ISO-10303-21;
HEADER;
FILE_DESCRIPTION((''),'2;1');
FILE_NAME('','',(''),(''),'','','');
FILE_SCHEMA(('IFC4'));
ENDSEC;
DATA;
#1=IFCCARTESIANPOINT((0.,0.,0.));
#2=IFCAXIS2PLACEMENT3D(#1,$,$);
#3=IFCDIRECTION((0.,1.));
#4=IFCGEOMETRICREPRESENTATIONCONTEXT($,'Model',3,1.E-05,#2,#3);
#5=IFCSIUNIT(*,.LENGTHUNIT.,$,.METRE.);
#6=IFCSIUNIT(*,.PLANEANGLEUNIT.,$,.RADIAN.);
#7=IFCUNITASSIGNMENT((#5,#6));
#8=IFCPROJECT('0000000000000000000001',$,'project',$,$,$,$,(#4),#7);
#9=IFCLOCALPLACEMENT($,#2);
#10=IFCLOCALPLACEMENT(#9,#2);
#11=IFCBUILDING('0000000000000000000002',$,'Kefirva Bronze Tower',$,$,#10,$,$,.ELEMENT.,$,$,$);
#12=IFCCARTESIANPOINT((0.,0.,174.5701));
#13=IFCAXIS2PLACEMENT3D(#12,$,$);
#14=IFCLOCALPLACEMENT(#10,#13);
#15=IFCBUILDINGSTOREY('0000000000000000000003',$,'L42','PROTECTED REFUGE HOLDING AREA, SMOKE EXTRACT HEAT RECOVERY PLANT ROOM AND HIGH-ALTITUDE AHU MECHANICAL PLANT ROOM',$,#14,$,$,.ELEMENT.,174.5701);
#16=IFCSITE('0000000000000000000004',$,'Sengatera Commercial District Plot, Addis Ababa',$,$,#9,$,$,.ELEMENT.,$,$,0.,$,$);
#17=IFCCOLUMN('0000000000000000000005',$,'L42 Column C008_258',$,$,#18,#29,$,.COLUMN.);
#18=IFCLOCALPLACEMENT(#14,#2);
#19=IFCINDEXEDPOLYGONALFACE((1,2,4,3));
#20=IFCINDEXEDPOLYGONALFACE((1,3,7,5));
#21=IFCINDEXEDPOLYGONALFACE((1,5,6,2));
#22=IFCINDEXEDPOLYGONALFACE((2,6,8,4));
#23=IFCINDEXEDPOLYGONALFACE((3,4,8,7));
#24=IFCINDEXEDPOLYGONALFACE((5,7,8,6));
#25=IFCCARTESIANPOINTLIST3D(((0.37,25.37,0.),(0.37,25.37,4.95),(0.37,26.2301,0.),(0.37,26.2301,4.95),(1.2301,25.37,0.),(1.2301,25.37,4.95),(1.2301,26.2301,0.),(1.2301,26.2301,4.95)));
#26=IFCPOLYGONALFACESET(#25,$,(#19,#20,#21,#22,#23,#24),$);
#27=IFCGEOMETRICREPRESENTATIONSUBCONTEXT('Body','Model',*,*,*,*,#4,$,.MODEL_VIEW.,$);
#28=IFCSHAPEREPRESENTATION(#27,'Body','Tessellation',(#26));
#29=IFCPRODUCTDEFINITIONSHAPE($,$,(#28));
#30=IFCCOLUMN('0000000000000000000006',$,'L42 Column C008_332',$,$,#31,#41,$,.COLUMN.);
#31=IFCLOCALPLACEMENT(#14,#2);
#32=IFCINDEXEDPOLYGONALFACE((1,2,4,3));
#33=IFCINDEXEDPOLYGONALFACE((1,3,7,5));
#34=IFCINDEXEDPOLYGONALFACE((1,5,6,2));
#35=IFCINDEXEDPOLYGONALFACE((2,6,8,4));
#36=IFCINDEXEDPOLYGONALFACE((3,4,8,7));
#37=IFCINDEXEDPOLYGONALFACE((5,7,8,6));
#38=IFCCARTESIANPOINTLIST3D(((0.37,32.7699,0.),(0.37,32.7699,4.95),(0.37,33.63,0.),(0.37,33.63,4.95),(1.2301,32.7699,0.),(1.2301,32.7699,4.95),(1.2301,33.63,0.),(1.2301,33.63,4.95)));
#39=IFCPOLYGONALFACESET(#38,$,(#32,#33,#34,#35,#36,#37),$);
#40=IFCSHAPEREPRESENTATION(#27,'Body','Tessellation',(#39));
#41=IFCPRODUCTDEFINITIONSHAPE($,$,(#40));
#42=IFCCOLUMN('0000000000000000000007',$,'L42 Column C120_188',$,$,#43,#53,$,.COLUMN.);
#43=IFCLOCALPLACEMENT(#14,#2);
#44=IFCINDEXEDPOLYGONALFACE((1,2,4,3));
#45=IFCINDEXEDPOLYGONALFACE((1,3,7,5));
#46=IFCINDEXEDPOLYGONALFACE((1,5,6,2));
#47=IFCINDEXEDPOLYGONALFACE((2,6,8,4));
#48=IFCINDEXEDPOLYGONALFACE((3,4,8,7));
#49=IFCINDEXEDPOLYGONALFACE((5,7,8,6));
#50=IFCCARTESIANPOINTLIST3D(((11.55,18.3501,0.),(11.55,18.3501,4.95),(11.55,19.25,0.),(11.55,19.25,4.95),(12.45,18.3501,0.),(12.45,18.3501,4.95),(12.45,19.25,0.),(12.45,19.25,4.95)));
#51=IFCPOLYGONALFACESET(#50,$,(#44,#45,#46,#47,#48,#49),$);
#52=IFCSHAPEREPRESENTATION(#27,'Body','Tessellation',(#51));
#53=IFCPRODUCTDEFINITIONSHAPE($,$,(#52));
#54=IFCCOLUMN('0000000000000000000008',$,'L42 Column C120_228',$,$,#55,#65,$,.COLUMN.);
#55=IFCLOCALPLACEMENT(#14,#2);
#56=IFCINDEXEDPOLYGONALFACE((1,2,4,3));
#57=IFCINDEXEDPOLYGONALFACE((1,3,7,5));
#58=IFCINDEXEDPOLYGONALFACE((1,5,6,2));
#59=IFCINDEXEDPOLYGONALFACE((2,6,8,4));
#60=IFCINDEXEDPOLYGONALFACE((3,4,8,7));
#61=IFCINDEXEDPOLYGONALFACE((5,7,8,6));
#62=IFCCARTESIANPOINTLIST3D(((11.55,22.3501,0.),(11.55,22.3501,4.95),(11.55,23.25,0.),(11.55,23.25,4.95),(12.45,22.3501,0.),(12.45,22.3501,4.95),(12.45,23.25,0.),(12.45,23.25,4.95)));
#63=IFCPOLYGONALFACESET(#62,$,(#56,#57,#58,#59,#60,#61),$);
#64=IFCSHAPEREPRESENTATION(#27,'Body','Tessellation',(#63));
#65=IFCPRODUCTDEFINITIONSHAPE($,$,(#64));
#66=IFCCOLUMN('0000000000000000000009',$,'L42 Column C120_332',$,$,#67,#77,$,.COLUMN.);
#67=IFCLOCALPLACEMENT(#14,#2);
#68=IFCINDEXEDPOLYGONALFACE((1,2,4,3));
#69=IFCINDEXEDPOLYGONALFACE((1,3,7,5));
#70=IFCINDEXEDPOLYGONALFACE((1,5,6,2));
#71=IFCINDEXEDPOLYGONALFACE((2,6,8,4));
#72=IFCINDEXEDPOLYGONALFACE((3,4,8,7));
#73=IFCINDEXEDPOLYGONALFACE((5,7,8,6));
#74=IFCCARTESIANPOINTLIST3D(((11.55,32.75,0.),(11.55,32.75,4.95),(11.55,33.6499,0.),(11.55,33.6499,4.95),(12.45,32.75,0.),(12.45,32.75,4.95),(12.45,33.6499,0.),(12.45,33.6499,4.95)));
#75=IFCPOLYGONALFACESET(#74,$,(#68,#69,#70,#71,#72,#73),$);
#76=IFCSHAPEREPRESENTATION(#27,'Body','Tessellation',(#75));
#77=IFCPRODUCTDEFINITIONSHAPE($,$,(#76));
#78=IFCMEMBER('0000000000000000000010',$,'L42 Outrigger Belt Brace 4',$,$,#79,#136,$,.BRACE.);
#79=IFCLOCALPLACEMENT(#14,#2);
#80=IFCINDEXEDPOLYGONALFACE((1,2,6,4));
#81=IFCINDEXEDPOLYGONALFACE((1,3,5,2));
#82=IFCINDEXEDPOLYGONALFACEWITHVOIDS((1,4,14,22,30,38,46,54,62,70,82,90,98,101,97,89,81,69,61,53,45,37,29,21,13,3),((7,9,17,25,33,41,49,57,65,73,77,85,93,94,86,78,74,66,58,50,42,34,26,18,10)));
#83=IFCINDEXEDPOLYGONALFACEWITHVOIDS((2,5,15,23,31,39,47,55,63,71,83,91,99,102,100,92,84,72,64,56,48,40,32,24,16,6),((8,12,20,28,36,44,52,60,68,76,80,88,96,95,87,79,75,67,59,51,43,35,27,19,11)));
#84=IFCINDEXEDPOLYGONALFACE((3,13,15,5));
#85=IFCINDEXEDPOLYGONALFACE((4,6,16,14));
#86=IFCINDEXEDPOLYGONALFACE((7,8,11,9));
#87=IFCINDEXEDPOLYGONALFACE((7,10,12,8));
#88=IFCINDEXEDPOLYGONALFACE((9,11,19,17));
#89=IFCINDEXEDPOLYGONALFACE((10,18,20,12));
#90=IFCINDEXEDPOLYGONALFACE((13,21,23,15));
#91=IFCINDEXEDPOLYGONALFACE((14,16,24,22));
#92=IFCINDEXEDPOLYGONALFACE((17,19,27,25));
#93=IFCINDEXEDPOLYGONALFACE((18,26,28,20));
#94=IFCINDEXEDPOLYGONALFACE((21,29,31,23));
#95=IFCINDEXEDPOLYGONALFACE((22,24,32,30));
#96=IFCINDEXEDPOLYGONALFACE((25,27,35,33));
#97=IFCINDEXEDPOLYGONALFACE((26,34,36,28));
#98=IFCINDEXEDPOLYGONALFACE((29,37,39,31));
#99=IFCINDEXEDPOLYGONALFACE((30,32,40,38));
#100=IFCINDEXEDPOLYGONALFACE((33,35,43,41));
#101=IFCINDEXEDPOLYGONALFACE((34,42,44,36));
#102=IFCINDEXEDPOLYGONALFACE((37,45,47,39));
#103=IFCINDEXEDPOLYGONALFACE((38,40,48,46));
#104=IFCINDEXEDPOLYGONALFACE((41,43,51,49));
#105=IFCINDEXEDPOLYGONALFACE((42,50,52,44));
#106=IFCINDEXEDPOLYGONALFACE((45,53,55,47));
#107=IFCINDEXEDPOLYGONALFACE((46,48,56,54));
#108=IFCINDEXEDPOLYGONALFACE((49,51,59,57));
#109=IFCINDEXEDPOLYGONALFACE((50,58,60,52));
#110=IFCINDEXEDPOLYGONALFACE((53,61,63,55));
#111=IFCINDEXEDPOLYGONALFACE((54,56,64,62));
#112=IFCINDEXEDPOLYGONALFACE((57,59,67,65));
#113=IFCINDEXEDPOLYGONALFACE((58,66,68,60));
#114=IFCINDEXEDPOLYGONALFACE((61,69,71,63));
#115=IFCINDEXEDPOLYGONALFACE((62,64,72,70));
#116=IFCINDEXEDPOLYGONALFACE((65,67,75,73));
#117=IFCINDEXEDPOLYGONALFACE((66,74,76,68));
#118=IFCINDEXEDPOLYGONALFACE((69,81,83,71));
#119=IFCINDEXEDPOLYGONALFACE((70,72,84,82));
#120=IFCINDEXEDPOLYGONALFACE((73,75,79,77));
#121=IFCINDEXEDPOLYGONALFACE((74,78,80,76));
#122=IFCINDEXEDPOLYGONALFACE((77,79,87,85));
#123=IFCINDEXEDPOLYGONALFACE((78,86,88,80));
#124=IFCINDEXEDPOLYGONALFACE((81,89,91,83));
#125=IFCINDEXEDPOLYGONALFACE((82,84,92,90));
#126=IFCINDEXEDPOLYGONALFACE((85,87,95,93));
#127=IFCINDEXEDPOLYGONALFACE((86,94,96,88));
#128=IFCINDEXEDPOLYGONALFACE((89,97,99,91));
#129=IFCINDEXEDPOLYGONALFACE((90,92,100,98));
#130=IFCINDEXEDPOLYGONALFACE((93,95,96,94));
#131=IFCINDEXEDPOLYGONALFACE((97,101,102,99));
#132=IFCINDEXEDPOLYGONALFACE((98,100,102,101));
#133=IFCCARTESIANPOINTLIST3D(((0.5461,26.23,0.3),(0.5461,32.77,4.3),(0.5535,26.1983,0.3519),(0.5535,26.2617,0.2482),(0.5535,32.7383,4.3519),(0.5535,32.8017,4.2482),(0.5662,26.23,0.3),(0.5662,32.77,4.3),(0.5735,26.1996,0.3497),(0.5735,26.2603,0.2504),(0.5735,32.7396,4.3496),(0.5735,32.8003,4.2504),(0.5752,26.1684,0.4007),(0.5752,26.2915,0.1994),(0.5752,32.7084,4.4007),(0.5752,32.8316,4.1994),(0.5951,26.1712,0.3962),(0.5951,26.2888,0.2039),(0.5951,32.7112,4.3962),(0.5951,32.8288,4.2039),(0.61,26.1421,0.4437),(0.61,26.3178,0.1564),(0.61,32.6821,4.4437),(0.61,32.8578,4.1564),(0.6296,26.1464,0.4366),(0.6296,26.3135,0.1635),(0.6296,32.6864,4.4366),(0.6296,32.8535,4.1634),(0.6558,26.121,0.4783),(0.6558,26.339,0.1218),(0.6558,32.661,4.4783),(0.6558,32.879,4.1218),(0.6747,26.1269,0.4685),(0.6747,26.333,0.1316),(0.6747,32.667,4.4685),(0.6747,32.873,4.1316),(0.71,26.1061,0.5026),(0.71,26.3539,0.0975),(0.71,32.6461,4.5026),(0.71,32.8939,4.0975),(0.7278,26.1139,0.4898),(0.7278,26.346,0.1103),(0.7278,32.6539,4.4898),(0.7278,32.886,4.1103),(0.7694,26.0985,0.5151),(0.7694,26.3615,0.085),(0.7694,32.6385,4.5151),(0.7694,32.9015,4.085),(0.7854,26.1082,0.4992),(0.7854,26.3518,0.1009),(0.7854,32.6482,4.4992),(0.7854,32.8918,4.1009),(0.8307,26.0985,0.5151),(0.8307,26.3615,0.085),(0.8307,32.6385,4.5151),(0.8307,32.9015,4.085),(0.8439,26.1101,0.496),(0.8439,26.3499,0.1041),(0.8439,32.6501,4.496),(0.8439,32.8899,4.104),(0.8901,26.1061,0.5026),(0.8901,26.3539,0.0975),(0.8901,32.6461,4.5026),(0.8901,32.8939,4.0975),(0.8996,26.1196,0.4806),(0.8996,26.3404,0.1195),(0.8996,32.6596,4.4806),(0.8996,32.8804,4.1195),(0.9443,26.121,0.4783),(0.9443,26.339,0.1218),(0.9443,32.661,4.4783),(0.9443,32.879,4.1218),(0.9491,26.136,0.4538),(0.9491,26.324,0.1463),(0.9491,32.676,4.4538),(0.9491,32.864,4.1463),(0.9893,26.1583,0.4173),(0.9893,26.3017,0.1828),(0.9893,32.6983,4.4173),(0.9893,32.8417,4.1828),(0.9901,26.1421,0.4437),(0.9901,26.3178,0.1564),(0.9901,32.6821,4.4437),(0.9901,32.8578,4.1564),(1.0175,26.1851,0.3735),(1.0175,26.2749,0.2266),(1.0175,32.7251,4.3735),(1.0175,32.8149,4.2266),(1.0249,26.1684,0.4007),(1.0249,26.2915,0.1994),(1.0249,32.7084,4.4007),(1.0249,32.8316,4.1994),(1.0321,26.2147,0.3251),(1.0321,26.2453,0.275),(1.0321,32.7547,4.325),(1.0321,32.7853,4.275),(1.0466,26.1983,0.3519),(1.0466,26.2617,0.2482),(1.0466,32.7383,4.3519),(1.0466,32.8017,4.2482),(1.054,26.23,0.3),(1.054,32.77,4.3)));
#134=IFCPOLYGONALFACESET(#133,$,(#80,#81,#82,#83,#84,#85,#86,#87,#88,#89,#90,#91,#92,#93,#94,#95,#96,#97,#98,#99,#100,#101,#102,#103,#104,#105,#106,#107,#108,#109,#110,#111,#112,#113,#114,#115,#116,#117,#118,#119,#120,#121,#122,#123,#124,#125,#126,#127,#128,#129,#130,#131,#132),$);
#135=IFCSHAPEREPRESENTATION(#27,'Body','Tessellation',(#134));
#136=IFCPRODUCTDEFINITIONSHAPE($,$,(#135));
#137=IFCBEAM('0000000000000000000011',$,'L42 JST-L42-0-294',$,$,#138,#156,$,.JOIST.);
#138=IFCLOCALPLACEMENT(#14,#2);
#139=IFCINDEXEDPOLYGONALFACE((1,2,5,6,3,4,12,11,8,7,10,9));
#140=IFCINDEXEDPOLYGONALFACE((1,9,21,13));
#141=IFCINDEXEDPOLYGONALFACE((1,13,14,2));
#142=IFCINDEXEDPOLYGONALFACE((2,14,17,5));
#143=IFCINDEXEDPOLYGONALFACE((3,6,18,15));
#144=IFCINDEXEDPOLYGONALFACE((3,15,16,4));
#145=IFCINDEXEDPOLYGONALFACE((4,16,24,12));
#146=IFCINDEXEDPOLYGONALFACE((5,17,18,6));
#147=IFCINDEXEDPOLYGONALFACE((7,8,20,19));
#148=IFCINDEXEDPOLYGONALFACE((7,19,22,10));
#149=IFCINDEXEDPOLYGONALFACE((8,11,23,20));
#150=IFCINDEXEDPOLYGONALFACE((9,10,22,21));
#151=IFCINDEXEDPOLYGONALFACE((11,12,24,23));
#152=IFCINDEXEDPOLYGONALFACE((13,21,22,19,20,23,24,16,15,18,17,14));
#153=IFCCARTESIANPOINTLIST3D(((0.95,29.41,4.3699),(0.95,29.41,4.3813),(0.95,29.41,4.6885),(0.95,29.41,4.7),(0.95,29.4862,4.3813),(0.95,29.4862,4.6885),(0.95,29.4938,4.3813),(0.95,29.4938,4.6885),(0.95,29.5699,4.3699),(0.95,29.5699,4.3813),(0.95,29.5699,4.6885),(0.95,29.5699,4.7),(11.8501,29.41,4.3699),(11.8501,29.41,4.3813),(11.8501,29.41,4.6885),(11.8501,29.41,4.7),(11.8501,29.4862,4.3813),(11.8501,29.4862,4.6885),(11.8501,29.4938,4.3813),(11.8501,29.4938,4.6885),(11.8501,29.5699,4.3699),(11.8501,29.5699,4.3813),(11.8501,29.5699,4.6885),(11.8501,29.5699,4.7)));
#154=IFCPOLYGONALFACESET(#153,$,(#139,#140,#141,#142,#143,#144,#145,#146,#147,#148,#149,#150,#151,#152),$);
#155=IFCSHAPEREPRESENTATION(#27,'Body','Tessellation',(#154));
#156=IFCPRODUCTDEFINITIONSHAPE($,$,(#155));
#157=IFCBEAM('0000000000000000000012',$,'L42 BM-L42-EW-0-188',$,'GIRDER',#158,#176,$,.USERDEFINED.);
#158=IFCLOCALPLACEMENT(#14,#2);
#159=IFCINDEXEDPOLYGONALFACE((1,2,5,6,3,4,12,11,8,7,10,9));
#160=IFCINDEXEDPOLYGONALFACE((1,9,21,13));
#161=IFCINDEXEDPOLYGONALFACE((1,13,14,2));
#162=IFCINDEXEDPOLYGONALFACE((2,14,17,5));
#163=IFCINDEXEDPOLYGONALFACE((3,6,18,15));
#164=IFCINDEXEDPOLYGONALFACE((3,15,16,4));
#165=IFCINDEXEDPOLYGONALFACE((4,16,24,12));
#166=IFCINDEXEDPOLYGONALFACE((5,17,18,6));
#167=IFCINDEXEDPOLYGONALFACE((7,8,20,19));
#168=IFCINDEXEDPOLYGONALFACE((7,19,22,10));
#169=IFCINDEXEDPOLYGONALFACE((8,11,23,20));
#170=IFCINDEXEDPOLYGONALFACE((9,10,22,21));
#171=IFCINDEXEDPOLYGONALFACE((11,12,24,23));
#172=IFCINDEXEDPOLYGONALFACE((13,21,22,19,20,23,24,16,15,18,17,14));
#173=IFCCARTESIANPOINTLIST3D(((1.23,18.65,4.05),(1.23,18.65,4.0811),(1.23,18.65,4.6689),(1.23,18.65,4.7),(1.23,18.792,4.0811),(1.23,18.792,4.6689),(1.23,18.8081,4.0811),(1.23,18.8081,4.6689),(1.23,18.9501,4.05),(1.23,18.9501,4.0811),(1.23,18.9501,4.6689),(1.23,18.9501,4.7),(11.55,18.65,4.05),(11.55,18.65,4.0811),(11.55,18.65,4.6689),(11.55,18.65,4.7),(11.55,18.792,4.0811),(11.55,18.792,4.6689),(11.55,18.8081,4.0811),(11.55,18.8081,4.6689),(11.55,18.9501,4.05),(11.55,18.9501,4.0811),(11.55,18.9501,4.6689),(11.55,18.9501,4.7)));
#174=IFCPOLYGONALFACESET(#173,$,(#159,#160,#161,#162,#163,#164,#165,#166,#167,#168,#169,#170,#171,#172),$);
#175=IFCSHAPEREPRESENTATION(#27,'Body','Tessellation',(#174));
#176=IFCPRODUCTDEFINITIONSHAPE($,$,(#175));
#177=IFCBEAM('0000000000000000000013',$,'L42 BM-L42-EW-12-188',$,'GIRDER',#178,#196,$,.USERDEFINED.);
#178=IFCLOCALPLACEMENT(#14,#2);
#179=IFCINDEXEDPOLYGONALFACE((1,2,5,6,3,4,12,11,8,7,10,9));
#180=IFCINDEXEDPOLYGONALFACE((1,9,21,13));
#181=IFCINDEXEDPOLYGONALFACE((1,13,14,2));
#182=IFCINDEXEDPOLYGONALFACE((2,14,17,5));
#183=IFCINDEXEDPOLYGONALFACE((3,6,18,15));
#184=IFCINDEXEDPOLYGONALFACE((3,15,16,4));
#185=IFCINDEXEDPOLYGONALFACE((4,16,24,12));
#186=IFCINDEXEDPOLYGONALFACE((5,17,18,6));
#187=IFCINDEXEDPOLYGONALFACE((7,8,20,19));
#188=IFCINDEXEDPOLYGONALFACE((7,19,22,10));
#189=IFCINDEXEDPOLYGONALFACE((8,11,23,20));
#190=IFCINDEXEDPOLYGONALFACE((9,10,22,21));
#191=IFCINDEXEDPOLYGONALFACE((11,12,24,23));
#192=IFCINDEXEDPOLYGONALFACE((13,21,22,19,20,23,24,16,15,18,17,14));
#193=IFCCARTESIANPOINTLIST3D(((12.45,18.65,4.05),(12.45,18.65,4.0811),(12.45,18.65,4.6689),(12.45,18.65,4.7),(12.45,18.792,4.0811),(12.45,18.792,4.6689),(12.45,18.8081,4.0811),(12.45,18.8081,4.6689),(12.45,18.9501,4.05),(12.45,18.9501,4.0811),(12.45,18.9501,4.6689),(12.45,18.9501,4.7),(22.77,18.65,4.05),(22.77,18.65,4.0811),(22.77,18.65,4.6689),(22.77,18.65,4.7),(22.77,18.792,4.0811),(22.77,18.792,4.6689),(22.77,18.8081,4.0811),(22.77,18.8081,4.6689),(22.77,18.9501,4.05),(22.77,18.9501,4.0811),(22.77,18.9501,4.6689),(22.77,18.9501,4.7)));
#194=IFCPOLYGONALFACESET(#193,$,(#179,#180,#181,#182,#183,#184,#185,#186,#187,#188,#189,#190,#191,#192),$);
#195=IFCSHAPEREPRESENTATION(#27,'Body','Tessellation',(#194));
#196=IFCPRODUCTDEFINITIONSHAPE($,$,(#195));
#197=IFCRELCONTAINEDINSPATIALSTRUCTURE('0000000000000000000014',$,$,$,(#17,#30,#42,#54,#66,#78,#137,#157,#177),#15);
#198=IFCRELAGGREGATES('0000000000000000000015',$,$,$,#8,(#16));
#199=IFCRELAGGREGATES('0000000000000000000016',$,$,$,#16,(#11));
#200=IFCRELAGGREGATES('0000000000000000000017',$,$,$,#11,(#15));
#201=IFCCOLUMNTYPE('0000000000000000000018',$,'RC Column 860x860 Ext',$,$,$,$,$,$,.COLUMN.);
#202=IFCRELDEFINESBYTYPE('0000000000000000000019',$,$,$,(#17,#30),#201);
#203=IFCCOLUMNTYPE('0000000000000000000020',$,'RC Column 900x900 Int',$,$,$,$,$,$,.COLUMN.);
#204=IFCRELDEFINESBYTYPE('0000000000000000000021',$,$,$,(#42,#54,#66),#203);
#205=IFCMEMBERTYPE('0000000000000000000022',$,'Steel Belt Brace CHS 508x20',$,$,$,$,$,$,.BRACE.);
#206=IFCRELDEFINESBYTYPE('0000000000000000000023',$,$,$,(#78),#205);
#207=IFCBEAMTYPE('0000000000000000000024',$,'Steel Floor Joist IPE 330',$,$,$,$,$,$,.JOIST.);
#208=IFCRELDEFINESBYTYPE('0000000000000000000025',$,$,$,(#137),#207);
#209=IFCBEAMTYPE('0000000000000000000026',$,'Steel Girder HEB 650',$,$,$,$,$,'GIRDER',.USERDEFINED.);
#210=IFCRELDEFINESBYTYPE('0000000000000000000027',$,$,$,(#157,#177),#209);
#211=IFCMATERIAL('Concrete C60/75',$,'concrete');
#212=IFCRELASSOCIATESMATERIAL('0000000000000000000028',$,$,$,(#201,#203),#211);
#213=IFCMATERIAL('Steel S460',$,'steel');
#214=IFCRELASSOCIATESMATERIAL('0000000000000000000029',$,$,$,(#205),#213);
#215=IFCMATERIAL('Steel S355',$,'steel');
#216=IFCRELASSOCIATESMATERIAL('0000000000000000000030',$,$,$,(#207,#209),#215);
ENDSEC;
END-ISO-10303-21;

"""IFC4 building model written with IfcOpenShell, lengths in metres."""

from ifc_helpers import new_model, si_unit, direction, frame, origin, origin_2d, place, context, subcontext, project, spatial, rectangle, hollow_circle, i_section, extrude, material, material_profile, profile_set, type_object, element, save


model = new_model("IFC4")

# Units and contexts
model_context = context("Model", 3, precision=1e-05, world=origin(), true_north=direction((0.0, 1.0)))
body_context = subcontext(model_context, "Body", "Model", "MODEL_VIEW")
ifc_project = project(units=[si_unit("LENGTHUNIT", "METRE"), si_unit("PLANEANGLEUNIT", "RADIAN")], contexts=[model_context])

# Site, building, storey
site_placement = place(None, origin())
site = spatial("IfcSite", under=ifc_project, at=site_placement, Name="Sengatera Commercial District Plot, Addis Ababa", CompositionType="ELEMENT", RefElevation=0.0)
building_placement = place(site_placement, origin())
building = spatial("IfcBuilding", under=site, at=building_placement, Name="Kefirva Bronze Tower", CompositionType="ELEMENT")
storey_placement = place(building_placement, frame((0.0, 0.0, 174.5701)))
storey = spatial("IfcBuildingStorey", under=building, at=storey_placement, Name="L42", Description="PROTECTED REFUGE HOLDING AREA, SMOKE EXTRACT HEAT RECOVERY PLANT ROOM AND HIGH-ALTITUDE AHU MECHANICAL PLANT ROOM", CompositionType="ELEMENT", Elevation=174.5701)

# Columns
ifc_material_1 = material(Name="Concrete C60/75", Category="concrete")
ifc_material_profile_1 = material_profile(ifc_material_1, rectangle(XDim=0.8601, YDim=0.8601, at=origin_2d()), Name="RC 860x860")
ifc_profile_set_1 = profile_set([ifc_material_profile_1], Name="Concrete C60/75")
column_type_1 = type_object("IfcColumnType", Name="RC Column 860x860 Ext", PredefinedType="COLUMN", material=ifc_profile_set_1)
for number, where, z_axis, x_axis, name in (
    (1, (0.8, 25.8, 0.0), (0.0, 0.0, 1.0), (1.0, 0.0, 0.0), "L42 Column C008_258"),
    (2, (0.8, 33.2, 0.0), (0.0, 0.0, 1.0), (1.0, 0.0, 0.0), "L42 Column C008_332"),
):
    element("IfcColumn", number, at=place(storey_placement, frame(where, z_axis=z_axis, x_axis=x_axis)), inside=storey, type_object=column_type_1, Name=name, PredefinedType="COLUMN", context=body_context, shape_type="SweptSolid", body=[
        extrude(rectangle(XDim=0.8601, YDim=0.8601, at=origin_2d()), origin(), (0.0, 0.0, 1.0), 4.95),
    ])
ifc_material_profile_2 = material_profile(ifc_material_1, rectangle(XDim=0.8999, YDim=0.8999, at=origin_2d()), Name="RC 900x900")
ifc_profile_set_2 = profile_set([ifc_material_profile_2], Name="Concrete C60/75")
column_type_2 = type_object("IfcColumnType", Name="RC Column 900x900 Int", PredefinedType="COLUMN", material=ifc_profile_set_2)
for number, where, z_axis, x_axis, name in (
    (3, (12.0, 18.8, 0.0), (0.0, 0.0, 1.0), (1.0, 0.0, 0.0), "L42 Column C120_188"),
    (4, (12.0, 22.8, 0.0), (0.0, 0.0, 1.0), (1.0, 0.0, 0.0), "L42 Column C120_228"),
    (5, (12.0, 33.2, 0.0), (0.0, 0.0, 1.0), (1.0, 0.0, 0.0), "L42 Column C120_332"),
):
    element("IfcColumn", number, at=place(storey_placement, frame(where, z_axis=z_axis, x_axis=x_axis)), inside=storey, type_object=column_type_2, Name=name, PredefinedType="COLUMN", context=body_context, shape_type="SweptSolid", body=[
        extrude(rectangle(XDim=0.8999, YDim=0.8999, at=origin_2d()), origin(), (0.0, 0.0, 1.0), 4.95),
    ])

# Member
ifc_material_2 = material(Name="Steel S460", Category="steel")
ifc_material_profile_3 = material_profile(ifc_material_2, hollow_circle(Radius=0.2539, WallThickness=0.02, at=origin_2d()), Name="CHS 508x20")
ifc_profile_set_3 = profile_set([ifc_material_profile_3], Name="Steel S460")
member_type = type_object("IfcMemberType", Name="Steel Belt Brace CHS 508x20", PredefinedType="BRACE", material=ifc_profile_set_3)
member_placement = place(storey_placement, frame((0.8, 26.23, 0.3), z_axis=(0.0, 0.85309, 0.521764), x_axis=(-1.0, 0.0, 0.0)))
element("IfcMember", 6, at=member_placement, inside=storey, type_object=member_type, Name="L42 Outrigger Belt Brace 4", PredefinedType="BRACE", context=body_context, shape_type="SweptSolid", body=[
    extrude(hollow_circle(Radius=0.2539, WallThickness=0.02, at=origin_2d()), origin(), (0.0, 0.0, 1.0), 7.6663),
])

# Beams
ifc_material_3 = material(Name="Steel S355", Category="steel")
ifc_material_profile_4 = material_profile(ifc_material_3, i_section(OverallWidth=0.1599, OverallDepth=0.3301, WebThickness=0.0076, FlangeThickness=0.0115, at=origin_2d()), Name="IPE 330")
ifc_profile_set_4 = profile_set([ifc_material_profile_4], Name="Steel S355")
beam_type_1 = type_object("IfcBeamType", Name="Steel Floor Joist IPE 330", PredefinedType="JOIST", material=ifc_profile_set_4)
beam_1_placement = place(storey_placement, frame((0.95, 29.49, 4.5349), z_axis=(1.0, 0.0, 0.0), x_axis=(0.0, 1.0, 0.0)))
element("IfcBeam", 7, at=beam_1_placement, inside=storey, type_object=beam_type_1, Name="L42 JST-L42-0-294", PredefinedType="JOIST", context=body_context, shape_type="SweptSolid", body=[
    extrude(i_section(OverallWidth=0.1599, OverallDepth=0.3301, WebThickness=0.0076, FlangeThickness=0.0115, at=origin_2d()), origin(), (0.0, 0.0, 1.0), 10.9001),
])
ifc_material_profile_5 = material_profile(ifc_material_3, i_section(OverallWidth=0.3, OverallDepth=0.6499, WebThickness=0.0161, FlangeThickness=0.031, at=origin_2d()), Name="HEB 650")
ifc_profile_set_5 = profile_set([ifc_material_profile_5], Name="Steel S355")
beam_type_2 = type_object("IfcBeamType", Name="Steel Girder HEB 650", ElementType="GIRDER", PredefinedType="USERDEFINED", material=ifc_profile_set_5)
for number, where, z_axis, x_axis, name in (
    (8, (1.23, 18.8, 4.375), (1.0, 0.0, 0.0), (0.0, 1.0, 0.0), "L42 BM-L42-EW-0-188"),
    (9, (12.45, 18.8, 4.375), (1.0, 0.0, 0.0), (0.0, 1.0, 0.0), "L42 BM-L42-EW-12-188"),
):
    element("IfcBeam", number, at=place(storey_placement, frame(where, z_axis=z_axis, x_axis=x_axis)), inside=storey, type_object=beam_type_2, Name=name, ObjectType="GIRDER", PredefinedType="USERDEFINED", context=body_context, shape_type="SweptSolid", body=[
        extrude(i_section(OverallWidth=0.3, OverallDepth=0.6499, WebThickness=0.0161, FlangeThickness=0.031, at=origin_2d()), origin(), (0.0, 0.0, 1.0), 10.3201),
    ])

save(model, "model.ifc")
